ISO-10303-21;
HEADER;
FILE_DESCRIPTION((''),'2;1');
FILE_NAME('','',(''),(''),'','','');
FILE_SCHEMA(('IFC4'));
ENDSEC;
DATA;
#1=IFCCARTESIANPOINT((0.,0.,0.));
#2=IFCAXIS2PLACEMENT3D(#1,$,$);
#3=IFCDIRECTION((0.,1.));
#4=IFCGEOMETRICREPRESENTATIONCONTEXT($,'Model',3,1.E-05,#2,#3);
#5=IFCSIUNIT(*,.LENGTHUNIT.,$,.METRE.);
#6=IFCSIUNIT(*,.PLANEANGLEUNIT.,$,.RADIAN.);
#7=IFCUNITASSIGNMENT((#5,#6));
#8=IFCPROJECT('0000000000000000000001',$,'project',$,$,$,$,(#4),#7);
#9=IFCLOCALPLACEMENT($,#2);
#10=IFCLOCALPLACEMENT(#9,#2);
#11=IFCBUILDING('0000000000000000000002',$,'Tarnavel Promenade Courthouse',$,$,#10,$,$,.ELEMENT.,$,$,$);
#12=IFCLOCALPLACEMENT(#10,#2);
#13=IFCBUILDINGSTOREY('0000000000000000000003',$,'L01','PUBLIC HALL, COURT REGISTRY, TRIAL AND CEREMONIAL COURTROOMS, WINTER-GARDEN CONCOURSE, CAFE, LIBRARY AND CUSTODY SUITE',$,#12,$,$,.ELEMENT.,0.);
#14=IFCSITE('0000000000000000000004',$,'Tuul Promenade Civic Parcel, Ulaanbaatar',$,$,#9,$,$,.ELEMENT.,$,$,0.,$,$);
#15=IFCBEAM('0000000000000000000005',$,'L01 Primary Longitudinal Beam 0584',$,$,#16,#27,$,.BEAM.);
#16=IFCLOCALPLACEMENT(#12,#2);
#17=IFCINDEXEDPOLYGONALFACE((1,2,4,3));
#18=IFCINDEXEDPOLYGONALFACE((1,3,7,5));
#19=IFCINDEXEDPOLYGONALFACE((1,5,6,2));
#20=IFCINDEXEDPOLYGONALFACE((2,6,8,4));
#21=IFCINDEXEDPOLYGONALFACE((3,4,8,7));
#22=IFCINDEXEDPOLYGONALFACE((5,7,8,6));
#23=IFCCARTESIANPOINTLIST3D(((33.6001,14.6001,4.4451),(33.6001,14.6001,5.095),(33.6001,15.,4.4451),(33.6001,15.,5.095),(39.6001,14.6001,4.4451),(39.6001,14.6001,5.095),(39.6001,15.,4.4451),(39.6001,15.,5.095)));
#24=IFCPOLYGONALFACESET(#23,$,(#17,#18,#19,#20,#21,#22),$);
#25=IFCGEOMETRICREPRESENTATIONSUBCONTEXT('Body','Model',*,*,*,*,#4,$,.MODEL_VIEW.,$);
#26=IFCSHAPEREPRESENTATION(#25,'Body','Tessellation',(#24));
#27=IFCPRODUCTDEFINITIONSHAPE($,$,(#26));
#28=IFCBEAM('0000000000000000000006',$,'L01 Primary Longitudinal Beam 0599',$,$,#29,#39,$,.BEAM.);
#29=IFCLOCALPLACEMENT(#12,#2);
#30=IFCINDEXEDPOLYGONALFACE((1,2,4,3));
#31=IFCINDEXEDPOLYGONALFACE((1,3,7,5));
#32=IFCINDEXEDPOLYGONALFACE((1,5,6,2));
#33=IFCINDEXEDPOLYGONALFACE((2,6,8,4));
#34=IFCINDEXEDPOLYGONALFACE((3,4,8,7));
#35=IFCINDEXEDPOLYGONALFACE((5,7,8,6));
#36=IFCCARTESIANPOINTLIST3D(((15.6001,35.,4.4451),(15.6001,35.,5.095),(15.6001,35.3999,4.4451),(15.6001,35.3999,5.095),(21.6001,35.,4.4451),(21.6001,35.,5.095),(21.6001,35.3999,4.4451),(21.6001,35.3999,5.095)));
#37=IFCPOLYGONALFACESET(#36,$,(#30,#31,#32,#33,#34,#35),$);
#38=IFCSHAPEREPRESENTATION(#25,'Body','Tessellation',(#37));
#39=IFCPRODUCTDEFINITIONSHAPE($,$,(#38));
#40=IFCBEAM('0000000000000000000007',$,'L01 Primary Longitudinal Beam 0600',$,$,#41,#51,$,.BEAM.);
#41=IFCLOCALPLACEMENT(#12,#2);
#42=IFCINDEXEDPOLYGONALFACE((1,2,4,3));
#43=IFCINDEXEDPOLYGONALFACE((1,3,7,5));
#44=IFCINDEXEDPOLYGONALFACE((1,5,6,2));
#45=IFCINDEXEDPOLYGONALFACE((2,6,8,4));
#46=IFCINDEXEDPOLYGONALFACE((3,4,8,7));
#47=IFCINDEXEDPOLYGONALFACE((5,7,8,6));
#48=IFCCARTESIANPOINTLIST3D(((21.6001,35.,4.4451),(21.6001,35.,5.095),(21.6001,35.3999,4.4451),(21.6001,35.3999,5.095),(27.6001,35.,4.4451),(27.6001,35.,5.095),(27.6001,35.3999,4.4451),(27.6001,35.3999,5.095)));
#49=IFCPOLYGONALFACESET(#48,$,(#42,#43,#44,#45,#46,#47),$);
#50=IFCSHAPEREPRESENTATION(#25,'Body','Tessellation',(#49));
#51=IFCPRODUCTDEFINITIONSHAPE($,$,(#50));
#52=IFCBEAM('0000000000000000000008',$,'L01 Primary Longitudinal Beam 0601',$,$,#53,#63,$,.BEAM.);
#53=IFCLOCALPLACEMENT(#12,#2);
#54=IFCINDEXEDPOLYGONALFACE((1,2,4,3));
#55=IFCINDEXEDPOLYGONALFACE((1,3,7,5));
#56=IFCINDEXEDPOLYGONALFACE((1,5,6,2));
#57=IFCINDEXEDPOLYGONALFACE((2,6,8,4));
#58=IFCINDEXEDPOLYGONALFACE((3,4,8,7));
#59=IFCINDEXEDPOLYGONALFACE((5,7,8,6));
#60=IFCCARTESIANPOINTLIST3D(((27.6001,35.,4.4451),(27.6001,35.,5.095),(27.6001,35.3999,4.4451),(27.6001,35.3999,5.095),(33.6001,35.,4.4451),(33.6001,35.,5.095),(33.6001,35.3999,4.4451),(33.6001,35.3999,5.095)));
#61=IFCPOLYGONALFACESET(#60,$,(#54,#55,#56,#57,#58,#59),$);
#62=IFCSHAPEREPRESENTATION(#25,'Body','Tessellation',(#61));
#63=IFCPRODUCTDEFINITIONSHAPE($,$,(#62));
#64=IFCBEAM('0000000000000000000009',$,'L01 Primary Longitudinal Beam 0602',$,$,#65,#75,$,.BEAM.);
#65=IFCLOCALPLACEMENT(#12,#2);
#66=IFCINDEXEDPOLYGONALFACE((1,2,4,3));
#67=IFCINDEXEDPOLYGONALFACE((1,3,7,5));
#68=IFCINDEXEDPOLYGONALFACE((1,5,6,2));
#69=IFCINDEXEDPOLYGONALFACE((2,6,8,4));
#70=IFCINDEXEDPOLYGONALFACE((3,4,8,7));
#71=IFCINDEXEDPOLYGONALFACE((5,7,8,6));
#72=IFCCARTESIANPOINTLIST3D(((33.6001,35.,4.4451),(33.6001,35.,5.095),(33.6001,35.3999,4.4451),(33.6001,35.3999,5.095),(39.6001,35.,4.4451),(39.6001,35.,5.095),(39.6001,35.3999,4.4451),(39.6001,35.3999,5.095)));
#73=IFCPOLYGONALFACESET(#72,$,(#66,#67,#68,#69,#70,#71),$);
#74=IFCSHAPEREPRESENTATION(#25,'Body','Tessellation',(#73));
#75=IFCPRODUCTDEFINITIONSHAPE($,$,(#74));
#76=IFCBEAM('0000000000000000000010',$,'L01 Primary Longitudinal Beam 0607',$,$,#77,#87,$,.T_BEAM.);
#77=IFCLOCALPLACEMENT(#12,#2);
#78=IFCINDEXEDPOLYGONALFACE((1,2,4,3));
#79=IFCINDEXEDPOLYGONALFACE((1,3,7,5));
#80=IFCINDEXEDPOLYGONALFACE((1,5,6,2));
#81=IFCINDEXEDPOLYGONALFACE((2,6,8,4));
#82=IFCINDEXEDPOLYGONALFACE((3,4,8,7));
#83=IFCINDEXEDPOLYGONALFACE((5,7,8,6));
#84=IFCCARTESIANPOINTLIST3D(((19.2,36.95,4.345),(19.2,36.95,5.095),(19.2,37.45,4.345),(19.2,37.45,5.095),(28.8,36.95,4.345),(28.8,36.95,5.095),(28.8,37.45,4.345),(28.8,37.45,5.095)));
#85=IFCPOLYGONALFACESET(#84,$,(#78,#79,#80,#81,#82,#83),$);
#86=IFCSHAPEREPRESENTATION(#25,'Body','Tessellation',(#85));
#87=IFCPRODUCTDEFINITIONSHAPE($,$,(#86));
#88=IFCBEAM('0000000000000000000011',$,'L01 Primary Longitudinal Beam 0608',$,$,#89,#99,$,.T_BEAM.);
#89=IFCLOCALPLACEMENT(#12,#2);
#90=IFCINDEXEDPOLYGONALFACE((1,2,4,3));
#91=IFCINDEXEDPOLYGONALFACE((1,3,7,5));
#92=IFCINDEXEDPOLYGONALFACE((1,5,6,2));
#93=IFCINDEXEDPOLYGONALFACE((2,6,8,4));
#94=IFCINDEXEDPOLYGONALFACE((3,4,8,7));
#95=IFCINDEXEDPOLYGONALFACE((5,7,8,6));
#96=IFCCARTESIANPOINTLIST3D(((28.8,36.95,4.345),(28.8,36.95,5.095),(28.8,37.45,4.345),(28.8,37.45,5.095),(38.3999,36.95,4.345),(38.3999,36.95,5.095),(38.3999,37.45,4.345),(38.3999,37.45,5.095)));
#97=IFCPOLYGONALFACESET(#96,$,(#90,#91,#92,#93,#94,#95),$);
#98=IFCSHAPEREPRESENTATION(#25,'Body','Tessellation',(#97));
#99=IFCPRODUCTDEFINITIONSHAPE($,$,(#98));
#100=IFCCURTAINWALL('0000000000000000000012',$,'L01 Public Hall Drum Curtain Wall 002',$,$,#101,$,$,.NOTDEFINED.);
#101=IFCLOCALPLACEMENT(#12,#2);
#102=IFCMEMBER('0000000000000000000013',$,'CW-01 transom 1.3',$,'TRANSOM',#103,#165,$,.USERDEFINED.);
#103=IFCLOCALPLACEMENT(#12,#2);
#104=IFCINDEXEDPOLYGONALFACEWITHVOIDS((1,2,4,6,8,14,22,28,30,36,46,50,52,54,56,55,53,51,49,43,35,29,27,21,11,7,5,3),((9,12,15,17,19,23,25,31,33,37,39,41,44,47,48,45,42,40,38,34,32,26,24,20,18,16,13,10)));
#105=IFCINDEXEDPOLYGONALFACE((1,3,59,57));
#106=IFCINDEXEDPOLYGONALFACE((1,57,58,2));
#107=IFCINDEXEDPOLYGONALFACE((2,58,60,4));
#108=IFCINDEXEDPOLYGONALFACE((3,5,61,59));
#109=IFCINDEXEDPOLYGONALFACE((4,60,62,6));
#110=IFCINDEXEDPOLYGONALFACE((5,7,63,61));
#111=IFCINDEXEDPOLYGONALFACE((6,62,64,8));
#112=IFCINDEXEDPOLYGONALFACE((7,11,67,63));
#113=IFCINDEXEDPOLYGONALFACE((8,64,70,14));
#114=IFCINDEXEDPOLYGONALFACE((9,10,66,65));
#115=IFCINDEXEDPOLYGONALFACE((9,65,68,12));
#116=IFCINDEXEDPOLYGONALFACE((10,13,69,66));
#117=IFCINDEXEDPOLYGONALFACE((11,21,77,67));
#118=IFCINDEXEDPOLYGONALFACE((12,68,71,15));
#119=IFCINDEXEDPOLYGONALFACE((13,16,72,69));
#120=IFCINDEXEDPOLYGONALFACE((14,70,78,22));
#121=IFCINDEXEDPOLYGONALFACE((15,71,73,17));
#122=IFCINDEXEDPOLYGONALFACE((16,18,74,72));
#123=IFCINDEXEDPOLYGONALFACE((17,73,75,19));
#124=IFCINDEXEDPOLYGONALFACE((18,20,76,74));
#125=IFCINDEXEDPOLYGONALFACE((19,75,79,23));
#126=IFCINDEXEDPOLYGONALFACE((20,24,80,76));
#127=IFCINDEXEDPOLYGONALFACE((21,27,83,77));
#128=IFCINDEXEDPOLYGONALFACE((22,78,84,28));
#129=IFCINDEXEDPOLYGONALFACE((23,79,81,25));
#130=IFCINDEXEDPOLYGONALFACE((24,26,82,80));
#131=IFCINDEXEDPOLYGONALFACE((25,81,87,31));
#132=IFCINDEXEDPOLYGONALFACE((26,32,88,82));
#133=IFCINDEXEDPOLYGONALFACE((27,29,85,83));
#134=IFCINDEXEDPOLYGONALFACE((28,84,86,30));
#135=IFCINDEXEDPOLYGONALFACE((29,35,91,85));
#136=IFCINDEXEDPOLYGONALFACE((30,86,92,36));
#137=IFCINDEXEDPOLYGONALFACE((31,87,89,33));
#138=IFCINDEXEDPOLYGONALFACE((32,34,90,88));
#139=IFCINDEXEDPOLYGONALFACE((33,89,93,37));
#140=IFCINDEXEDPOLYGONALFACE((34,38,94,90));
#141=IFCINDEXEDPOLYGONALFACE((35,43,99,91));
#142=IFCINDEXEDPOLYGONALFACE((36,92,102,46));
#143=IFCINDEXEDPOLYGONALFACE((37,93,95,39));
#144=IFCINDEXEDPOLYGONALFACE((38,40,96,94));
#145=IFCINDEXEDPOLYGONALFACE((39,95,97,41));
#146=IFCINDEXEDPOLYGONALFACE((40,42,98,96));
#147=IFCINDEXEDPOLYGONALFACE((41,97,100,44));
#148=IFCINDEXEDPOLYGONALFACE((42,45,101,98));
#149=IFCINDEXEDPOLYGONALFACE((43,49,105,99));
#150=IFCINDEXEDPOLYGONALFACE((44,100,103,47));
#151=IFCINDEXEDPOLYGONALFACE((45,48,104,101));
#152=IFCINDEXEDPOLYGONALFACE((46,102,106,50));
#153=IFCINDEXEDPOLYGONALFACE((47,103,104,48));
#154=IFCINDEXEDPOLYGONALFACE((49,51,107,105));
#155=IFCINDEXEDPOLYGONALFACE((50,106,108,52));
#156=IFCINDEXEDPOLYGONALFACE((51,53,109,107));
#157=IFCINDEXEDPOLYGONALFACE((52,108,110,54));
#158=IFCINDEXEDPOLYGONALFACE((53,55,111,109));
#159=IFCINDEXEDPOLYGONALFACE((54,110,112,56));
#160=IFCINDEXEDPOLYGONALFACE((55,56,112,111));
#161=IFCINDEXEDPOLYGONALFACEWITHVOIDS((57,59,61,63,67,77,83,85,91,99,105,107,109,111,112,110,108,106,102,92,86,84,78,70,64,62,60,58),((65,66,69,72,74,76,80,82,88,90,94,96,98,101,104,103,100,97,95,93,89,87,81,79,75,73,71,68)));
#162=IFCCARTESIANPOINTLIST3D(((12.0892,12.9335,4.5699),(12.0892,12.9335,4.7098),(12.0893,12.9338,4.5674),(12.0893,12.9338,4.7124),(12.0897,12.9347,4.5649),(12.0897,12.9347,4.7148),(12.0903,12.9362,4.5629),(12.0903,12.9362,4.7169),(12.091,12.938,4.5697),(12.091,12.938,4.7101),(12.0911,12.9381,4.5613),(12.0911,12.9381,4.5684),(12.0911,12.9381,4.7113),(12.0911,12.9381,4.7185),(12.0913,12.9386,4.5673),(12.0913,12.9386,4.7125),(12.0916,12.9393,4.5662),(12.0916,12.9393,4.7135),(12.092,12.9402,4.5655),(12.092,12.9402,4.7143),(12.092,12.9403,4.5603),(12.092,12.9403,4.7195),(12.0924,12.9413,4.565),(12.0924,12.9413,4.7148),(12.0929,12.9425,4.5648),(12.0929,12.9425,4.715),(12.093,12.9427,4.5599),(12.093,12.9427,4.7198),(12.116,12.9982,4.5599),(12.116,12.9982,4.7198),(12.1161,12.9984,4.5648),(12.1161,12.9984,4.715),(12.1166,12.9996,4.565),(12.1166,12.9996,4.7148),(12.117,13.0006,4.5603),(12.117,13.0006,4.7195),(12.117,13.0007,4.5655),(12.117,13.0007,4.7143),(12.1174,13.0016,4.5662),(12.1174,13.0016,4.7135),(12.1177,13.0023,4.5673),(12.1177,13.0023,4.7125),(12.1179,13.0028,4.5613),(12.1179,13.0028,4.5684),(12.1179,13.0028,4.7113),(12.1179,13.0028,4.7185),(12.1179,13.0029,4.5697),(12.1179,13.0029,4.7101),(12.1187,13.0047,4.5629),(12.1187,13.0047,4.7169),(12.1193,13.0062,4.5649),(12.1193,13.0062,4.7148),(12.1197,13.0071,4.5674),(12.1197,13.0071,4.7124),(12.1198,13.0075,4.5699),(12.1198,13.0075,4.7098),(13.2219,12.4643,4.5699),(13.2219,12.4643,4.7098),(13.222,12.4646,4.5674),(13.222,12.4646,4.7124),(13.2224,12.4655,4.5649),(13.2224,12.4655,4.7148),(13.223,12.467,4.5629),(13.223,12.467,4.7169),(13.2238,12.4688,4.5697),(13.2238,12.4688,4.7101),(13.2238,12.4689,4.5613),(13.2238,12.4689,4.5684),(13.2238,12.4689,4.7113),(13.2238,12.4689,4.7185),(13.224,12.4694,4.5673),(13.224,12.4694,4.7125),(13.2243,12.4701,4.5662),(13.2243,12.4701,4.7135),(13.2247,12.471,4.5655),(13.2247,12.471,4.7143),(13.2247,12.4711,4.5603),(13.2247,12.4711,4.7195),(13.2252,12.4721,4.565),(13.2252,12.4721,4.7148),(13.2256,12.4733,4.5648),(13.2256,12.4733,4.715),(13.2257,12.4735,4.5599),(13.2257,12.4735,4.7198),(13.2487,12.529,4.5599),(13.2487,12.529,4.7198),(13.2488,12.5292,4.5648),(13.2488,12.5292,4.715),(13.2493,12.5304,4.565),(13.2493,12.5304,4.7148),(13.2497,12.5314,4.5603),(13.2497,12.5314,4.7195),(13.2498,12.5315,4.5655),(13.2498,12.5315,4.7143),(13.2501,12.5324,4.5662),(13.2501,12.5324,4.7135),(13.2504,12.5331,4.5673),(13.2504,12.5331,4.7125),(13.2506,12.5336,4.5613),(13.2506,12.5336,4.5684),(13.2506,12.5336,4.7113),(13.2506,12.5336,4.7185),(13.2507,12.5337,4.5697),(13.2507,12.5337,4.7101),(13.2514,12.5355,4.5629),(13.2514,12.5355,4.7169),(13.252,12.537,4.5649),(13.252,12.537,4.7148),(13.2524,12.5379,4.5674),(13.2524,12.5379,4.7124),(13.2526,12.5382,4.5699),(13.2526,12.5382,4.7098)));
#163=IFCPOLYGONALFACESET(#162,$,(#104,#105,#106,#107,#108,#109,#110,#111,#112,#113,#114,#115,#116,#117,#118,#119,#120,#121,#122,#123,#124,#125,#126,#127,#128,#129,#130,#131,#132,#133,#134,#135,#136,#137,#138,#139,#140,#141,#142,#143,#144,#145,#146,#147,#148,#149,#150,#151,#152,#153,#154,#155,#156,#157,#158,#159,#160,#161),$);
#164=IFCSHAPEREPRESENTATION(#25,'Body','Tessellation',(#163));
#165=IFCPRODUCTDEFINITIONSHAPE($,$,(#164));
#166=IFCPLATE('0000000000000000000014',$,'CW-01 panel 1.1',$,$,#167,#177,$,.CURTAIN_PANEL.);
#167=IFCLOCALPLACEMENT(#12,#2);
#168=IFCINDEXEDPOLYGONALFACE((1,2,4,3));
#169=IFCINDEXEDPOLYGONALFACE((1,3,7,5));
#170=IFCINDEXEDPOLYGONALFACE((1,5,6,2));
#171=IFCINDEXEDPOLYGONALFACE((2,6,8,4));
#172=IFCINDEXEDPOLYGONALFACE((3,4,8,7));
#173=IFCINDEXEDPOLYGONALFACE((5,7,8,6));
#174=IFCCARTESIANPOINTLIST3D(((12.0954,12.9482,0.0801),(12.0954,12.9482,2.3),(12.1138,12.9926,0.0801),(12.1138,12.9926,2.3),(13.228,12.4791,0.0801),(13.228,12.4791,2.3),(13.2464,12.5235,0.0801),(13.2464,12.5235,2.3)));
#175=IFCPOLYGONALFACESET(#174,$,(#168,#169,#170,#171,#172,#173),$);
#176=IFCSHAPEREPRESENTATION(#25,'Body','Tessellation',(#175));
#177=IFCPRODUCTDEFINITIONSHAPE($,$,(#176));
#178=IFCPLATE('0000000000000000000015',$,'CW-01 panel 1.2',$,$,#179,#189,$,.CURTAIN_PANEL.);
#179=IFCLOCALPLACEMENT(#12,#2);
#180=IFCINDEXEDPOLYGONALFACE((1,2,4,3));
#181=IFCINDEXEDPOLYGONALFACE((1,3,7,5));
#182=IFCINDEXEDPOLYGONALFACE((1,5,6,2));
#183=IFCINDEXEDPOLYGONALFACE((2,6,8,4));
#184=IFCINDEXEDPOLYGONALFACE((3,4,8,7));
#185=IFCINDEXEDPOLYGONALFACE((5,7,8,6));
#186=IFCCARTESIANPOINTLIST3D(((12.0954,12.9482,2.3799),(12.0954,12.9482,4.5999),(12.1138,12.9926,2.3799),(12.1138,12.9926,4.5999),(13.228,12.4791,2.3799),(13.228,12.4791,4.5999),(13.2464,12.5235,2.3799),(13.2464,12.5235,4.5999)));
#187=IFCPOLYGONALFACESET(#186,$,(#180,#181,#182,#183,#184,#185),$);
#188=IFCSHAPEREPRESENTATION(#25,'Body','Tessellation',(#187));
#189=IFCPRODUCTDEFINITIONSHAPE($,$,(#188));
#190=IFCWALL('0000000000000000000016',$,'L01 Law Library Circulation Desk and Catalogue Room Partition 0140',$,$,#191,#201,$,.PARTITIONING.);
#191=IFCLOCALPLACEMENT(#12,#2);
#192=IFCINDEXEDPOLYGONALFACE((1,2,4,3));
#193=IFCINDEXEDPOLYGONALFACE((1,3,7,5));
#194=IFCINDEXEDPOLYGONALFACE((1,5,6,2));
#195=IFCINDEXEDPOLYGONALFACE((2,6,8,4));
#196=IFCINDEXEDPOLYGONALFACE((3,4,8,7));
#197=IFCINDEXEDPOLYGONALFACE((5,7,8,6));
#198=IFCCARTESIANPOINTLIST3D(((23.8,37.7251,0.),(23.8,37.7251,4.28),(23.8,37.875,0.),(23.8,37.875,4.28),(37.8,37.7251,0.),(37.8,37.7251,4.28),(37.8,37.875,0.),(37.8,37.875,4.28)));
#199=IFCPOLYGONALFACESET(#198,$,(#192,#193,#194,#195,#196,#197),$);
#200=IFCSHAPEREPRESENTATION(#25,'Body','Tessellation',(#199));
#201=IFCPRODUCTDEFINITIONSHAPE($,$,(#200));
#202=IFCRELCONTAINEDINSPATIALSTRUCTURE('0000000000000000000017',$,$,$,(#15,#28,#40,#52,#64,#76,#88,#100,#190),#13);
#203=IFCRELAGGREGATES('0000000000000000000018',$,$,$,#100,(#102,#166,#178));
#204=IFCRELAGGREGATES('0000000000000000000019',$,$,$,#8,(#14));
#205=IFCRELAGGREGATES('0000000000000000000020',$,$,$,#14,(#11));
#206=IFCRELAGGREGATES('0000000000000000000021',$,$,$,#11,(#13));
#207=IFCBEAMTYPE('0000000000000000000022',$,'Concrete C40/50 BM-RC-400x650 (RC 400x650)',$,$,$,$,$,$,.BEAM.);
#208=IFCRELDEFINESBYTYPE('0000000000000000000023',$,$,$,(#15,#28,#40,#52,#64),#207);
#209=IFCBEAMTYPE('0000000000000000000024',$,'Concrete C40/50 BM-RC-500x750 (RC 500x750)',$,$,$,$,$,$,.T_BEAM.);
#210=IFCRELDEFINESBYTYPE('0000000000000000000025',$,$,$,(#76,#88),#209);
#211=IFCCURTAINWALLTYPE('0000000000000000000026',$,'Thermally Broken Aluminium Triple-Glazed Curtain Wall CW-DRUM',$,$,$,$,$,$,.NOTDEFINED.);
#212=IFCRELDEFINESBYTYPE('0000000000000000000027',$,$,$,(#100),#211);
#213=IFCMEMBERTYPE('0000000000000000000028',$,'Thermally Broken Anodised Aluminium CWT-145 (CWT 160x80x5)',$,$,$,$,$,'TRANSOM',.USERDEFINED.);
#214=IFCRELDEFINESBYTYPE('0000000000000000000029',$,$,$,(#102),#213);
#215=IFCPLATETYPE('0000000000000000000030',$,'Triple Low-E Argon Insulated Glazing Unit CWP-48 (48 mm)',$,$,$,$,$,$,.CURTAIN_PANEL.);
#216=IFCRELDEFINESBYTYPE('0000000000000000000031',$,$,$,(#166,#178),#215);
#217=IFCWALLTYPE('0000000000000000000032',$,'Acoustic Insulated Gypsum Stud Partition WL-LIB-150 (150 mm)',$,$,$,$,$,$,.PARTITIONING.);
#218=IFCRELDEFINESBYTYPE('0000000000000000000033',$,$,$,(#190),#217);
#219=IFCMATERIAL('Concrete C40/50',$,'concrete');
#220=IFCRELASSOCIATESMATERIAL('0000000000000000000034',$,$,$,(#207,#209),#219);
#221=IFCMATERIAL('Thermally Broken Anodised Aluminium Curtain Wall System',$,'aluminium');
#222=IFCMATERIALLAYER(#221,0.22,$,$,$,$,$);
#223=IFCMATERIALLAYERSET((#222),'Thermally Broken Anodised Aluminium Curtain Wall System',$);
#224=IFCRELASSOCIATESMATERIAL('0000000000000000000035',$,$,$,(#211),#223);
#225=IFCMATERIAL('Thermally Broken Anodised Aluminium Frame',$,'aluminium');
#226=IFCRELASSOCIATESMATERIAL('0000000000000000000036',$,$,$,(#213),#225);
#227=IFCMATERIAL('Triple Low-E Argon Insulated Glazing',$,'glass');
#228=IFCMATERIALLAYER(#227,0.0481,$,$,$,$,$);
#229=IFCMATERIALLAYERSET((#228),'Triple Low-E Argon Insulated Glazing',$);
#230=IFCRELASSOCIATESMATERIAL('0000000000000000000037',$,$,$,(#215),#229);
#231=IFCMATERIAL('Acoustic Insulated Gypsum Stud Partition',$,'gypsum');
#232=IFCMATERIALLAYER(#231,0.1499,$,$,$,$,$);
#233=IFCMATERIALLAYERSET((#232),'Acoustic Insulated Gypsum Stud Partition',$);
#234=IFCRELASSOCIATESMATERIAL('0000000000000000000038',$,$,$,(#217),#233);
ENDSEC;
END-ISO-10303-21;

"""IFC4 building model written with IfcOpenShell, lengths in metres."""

from ifc_helpers import new_model, si_unit, direction, frame, frame_2d, origin, origin_2d, place, context, subcontext, project, spatial, rectangle, hollow_rectangle, extrude, material, layer, layer_set, material_profile, profile_set, type_object, element, aggregate, save


model = new_model("IFC4")

# Units and contexts
model_context = context("Model", 3, precision=1e-05, world=origin(), true_north=direction((0.0, 1.0)))
body_context = subcontext(model_context, "Body", "Model", "MODEL_VIEW")
ifc_project = project(units=[si_unit("LENGTHUNIT", "METRE"), si_unit("PLANEANGLEUNIT", "RADIAN")], contexts=[model_context])

# Site, building, storey
site_placement = place(None, origin())
site = spatial("IfcSite", under=ifc_project, at=site_placement, Name="Tuul Promenade Civic Parcel, Ulaanbaatar", CompositionType="ELEMENT", RefElevation=0.0)
building_placement = place(site_placement, origin())
building = spatial("IfcBuilding", under=site, at=building_placement, Name="Tarnavel Promenade Courthouse", CompositionType="ELEMENT")
storey_placement = place(building_placement, origin())
storey = spatial("IfcBuildingStorey", under=building, at=storey_placement, Name="L01", Description="PUBLIC HALL, COURT REGISTRY, TRIAL AND CEREMONIAL COURTROOMS, WINTER-GARDEN CONCOURSE, CAFE, LIBRARY AND CUSTODY SUITE", CompositionType="ELEMENT", Elevation=0.0)

# Shared definitions
ifc_material_1 = material(Name="Concrete C40/50", Category="concrete")

# Beams
ifc_material_profile_1 = material_profile(ifc_material_1, rectangle(XDim=0.3999, YDim=0.6499, at=origin_2d()), Name="RC 400x650")
ifc_profile_set_1 = profile_set([ifc_material_profile_1], Name="Concrete C40/50")
beam_type_1 = type_object("IfcBeamType", Name="Concrete C40/50 BM-RC-400x650 (RC 400x650)", PredefinedType="BEAM", material=ifc_profile_set_1)
for number, where, z_axis, x_axis, name in (
    (1, (33.6001, 14.8, 4.77), (1.0, 0.0, 0.0), (0.0, 1.0, 0.0), "L01 Primary Longitudinal Beam 0584"),
    (2, (15.6001, 35.2, 4.77), (1.0, 0.0, 0.0), (0.0, 1.0, 0.0), "L01 Primary Longitudinal Beam 0599"),
    (3, (21.6001, 35.2, 4.77), (1.0, 0.0, 0.0), (0.0, 1.0, 0.0), "L01 Primary Longitudinal Beam 0600"),
    (4, (27.6001, 35.2, 4.77), (1.0, 0.0, 0.0), (0.0, 1.0, 0.0), "L01 Primary Longitudinal Beam 0601"),
    (5, (33.6001, 35.2, 4.77), (1.0, 0.0, 0.0), (0.0, 1.0, 0.0), "L01 Primary Longitudinal Beam 0602"),
):
    element("IfcBeam", number, at=place(storey_placement, frame(where, z_axis=z_axis, x_axis=x_axis)), inside=storey, type_object=beam_type_1, Name=name, PredefinedType="BEAM", context=body_context, shape_type="SweptSolid", body=[
        extrude(rectangle(XDim=0.3999, YDim=0.6499, at=origin_2d()), origin(), (0.0, 0.0, 1.0), 6.0),
    ])
ifc_material_profile_2 = material_profile(ifc_material_1, rectangle(XDim=0.5, YDim=0.75, at=origin_2d()), Name="RC 500x750")
ifc_profile_set_2 = profile_set([ifc_material_profile_2], Name="Concrete C40/50")
beam_type_2 = type_object("IfcBeamType", Name="Concrete C40/50 BM-RC-500x750 (RC 500x750)", PredefinedType="T_BEAM", material=ifc_profile_set_2)
beam_1_placement = place(storey_placement, frame((19.2, 37.2, 4.72), z_axis=(1.0, 0.0, 0.0), x_axis=(0.0, 1.0, 0.0)))
element("IfcBeam", 6, at=beam_1_placement, inside=storey, type_object=beam_type_2, Name="L01 Primary Longitudinal Beam 0607", PredefinedType="T_BEAM", context=body_context, shape_type="SweptSolid", body=[
    extrude(rectangle(XDim=0.5, YDim=0.75, at=origin_2d()), origin(), (0.0, 0.0, 1.0), 9.6001),
])
beam_2_placement = place(storey_placement, frame((28.8, 37.2, 4.72), z_axis=(1.0, 0.0, 0.0), x_axis=(0.0, 1.0, 0.0)))
element("IfcBeam", 7, at=beam_2_placement, inside=storey, type_object=beam_type_2, Name="L01 Primary Longitudinal Beam 0608", PredefinedType="T_BEAM", context=body_context, shape_type="SweptSolid", body=[
    extrude(rectangle(XDim=0.5, YDim=0.75, at=origin_2d()), origin(), (0.0, 0.0, 1.0), 9.5999),
])

# Curtain wall, member, plates
ifc_material_2 = material(Name="Thermally Broken Anodised Aluminium Curtain Wall System", Category="aluminium")
ifc_layer_1 = layer(ifc_material_2, 0.22)
ifc_layer_set_1 = layer_set([ifc_layer_1], Name="Thermally Broken Anodised Aluminium Curtain Wall System")
curtain_wall_type = type_object("IfcCurtainWallType", Name="Thermally Broken Aluminium Triple-Glazed Curtain Wall CW-DRUM", PredefinedType="NOTDEFINED", material=ifc_layer_set_1)
curtain_wall_placement = place(storey_placement, origin())
curtain_wall = element("IfcCurtainWall", 8, at=curtain_wall_placement, inside=storey, type_object=curtain_wall_type, Name="L01 Public Hall Drum Curtain Wall 002", PredefinedType="NOTDEFINED")
ifc_material_3 = material(Name="Thermally Broken Anodised Aluminium Frame", Category="aluminium")
ifc_material_profile_3 = material_profile(ifc_material_3, hollow_rectangle(XDim=0.0801, YDim=0.1599, WallThickness=0.0049, InnerFilletRadius=0.0049, OuterFilletRadius=0.01, at=origin_2d()), Name="CWT 160x80x5")
ifc_profile_set_3 = profile_set([ifc_material_profile_3], Name="Thermally Broken Anodised Aluminium Frame")
member_type = type_object("IfcMemberType", Name="Thermally Broken Anodised Aluminium CWT-145 (CWT 160x80x5)", ElementType="TRANSOM", PredefinedType="USERDEFINED", material=ifc_profile_set_3)
member_placement = place(storey_placement, frame((12.1045, 12.9705, 4.6399), z_axis=(0.923876, -0.382692, 0.0), x_axis=(0.382692, 0.923876, 0.0)))
member = element("IfcMember", 9, at=member_placement, type_object=member_type, Name="CW-01 transom 1.3", ObjectType="TRANSOM", PredefinedType="USERDEFINED", context=body_context, shape_type="SweptSolid", body=[
    extrude(hollow_rectangle(XDim=0.0801, YDim=0.1599, WallThickness=0.0049, InnerFilletRadius=0.0049, OuterFilletRadius=0.01, at=origin_2d()), origin(), (0.0, 0.0, 1.0), 1.2261),
])
ifc_material_4 = material(Name="Triple Low-E Argon Insulated Glazing", Category="glass")
ifc_layer_2 = layer(ifc_material_4, 0.0481)
ifc_layer_set_2 = layer_set([ifc_layer_2], Name="Triple Low-E Argon Insulated Glazing")
plate_type = type_object("IfcPlateType", Name="Triple Low-E Argon Insulated Glazing Unit CWP-48 (48 mm)", PredefinedType="CURTAIN_PANEL", material=ifc_layer_set_2)
plate_1_placement = place(storey_placement, frame((12.6709, 12.7358, 0.0801), z_axis=(0.0, 0.0, 1.0), x_axis=(0.923879, -0.382685, 0.0)))
plate_1 = element("IfcPlate", 10, at=plate_1_placement, type_object=plate_type, Name="CW-01 panel 1.1", PredefinedType="CURTAIN_PANEL", context=body_context, shape_type="SweptSolid", body=[
    extrude(rectangle(XDim=1.2258, YDim=0.0481, at=origin_2d()), origin(), (0.0, 0.0, 1.0), 2.22),
])
plate_2_placement = place(storey_placement, frame((12.6709, 12.7358, 2.3799), z_axis=(0.0, 0.0, 1.0), x_axis=(0.923879, -0.382685, 0.0)))
plate_2 = element("IfcPlate", 11, at=plate_2_placement, type_object=plate_type, Name="CW-01 panel 1.2", PredefinedType="CURTAIN_PANEL", context=body_context, shape_type="SweptSolid", body=[
    extrude(rectangle(XDim=1.2258, YDim=0.0481, at=origin_2d()), origin(), (0.0, 0.0, 1.0), 2.22),
])
aggregate(curtain_wall, [member, plate_1, plate_2])

# Wall
ifc_material_5 = material(Name="Acoustic Insulated Gypsum Stud Partition", Category="gypsum")
ifc_layer_3 = layer(ifc_material_5, 0.1499)
ifc_layer_set_3 = layer_set([ifc_layer_3], Name="Acoustic Insulated Gypsum Stud Partition")
wall_type_1 = type_object("IfcWallType", Name="Acoustic Insulated Gypsum Stud Partition WL-LIB-150 (150 mm)", PredefinedType="PARTITIONING", material=ifc_layer_set_3)
wall_1_placement = place(storey_placement, frame((37.8, 37.8, 0.0), z_axis=(0.0, 0.0, 1.0), x_axis=(-1.0, 0.0, 0.0)))
element("IfcWall", 12, at=wall_1_placement, inside=storey, type_object=wall_type_1, Name="L01 Law Library Circulation Desk and Catalogue Room Partition 0140", PredefinedType="PARTITIONING", context=body_context, shape_type="SweptSolid", body=[
    extrude(rectangle(XDim=14.0, YDim=0.1499, at=frame_2d((7.0, 0.0))), origin(), (0.0, 0.0, 1.0), 4.28),
])

save(model, "model.ifc")
